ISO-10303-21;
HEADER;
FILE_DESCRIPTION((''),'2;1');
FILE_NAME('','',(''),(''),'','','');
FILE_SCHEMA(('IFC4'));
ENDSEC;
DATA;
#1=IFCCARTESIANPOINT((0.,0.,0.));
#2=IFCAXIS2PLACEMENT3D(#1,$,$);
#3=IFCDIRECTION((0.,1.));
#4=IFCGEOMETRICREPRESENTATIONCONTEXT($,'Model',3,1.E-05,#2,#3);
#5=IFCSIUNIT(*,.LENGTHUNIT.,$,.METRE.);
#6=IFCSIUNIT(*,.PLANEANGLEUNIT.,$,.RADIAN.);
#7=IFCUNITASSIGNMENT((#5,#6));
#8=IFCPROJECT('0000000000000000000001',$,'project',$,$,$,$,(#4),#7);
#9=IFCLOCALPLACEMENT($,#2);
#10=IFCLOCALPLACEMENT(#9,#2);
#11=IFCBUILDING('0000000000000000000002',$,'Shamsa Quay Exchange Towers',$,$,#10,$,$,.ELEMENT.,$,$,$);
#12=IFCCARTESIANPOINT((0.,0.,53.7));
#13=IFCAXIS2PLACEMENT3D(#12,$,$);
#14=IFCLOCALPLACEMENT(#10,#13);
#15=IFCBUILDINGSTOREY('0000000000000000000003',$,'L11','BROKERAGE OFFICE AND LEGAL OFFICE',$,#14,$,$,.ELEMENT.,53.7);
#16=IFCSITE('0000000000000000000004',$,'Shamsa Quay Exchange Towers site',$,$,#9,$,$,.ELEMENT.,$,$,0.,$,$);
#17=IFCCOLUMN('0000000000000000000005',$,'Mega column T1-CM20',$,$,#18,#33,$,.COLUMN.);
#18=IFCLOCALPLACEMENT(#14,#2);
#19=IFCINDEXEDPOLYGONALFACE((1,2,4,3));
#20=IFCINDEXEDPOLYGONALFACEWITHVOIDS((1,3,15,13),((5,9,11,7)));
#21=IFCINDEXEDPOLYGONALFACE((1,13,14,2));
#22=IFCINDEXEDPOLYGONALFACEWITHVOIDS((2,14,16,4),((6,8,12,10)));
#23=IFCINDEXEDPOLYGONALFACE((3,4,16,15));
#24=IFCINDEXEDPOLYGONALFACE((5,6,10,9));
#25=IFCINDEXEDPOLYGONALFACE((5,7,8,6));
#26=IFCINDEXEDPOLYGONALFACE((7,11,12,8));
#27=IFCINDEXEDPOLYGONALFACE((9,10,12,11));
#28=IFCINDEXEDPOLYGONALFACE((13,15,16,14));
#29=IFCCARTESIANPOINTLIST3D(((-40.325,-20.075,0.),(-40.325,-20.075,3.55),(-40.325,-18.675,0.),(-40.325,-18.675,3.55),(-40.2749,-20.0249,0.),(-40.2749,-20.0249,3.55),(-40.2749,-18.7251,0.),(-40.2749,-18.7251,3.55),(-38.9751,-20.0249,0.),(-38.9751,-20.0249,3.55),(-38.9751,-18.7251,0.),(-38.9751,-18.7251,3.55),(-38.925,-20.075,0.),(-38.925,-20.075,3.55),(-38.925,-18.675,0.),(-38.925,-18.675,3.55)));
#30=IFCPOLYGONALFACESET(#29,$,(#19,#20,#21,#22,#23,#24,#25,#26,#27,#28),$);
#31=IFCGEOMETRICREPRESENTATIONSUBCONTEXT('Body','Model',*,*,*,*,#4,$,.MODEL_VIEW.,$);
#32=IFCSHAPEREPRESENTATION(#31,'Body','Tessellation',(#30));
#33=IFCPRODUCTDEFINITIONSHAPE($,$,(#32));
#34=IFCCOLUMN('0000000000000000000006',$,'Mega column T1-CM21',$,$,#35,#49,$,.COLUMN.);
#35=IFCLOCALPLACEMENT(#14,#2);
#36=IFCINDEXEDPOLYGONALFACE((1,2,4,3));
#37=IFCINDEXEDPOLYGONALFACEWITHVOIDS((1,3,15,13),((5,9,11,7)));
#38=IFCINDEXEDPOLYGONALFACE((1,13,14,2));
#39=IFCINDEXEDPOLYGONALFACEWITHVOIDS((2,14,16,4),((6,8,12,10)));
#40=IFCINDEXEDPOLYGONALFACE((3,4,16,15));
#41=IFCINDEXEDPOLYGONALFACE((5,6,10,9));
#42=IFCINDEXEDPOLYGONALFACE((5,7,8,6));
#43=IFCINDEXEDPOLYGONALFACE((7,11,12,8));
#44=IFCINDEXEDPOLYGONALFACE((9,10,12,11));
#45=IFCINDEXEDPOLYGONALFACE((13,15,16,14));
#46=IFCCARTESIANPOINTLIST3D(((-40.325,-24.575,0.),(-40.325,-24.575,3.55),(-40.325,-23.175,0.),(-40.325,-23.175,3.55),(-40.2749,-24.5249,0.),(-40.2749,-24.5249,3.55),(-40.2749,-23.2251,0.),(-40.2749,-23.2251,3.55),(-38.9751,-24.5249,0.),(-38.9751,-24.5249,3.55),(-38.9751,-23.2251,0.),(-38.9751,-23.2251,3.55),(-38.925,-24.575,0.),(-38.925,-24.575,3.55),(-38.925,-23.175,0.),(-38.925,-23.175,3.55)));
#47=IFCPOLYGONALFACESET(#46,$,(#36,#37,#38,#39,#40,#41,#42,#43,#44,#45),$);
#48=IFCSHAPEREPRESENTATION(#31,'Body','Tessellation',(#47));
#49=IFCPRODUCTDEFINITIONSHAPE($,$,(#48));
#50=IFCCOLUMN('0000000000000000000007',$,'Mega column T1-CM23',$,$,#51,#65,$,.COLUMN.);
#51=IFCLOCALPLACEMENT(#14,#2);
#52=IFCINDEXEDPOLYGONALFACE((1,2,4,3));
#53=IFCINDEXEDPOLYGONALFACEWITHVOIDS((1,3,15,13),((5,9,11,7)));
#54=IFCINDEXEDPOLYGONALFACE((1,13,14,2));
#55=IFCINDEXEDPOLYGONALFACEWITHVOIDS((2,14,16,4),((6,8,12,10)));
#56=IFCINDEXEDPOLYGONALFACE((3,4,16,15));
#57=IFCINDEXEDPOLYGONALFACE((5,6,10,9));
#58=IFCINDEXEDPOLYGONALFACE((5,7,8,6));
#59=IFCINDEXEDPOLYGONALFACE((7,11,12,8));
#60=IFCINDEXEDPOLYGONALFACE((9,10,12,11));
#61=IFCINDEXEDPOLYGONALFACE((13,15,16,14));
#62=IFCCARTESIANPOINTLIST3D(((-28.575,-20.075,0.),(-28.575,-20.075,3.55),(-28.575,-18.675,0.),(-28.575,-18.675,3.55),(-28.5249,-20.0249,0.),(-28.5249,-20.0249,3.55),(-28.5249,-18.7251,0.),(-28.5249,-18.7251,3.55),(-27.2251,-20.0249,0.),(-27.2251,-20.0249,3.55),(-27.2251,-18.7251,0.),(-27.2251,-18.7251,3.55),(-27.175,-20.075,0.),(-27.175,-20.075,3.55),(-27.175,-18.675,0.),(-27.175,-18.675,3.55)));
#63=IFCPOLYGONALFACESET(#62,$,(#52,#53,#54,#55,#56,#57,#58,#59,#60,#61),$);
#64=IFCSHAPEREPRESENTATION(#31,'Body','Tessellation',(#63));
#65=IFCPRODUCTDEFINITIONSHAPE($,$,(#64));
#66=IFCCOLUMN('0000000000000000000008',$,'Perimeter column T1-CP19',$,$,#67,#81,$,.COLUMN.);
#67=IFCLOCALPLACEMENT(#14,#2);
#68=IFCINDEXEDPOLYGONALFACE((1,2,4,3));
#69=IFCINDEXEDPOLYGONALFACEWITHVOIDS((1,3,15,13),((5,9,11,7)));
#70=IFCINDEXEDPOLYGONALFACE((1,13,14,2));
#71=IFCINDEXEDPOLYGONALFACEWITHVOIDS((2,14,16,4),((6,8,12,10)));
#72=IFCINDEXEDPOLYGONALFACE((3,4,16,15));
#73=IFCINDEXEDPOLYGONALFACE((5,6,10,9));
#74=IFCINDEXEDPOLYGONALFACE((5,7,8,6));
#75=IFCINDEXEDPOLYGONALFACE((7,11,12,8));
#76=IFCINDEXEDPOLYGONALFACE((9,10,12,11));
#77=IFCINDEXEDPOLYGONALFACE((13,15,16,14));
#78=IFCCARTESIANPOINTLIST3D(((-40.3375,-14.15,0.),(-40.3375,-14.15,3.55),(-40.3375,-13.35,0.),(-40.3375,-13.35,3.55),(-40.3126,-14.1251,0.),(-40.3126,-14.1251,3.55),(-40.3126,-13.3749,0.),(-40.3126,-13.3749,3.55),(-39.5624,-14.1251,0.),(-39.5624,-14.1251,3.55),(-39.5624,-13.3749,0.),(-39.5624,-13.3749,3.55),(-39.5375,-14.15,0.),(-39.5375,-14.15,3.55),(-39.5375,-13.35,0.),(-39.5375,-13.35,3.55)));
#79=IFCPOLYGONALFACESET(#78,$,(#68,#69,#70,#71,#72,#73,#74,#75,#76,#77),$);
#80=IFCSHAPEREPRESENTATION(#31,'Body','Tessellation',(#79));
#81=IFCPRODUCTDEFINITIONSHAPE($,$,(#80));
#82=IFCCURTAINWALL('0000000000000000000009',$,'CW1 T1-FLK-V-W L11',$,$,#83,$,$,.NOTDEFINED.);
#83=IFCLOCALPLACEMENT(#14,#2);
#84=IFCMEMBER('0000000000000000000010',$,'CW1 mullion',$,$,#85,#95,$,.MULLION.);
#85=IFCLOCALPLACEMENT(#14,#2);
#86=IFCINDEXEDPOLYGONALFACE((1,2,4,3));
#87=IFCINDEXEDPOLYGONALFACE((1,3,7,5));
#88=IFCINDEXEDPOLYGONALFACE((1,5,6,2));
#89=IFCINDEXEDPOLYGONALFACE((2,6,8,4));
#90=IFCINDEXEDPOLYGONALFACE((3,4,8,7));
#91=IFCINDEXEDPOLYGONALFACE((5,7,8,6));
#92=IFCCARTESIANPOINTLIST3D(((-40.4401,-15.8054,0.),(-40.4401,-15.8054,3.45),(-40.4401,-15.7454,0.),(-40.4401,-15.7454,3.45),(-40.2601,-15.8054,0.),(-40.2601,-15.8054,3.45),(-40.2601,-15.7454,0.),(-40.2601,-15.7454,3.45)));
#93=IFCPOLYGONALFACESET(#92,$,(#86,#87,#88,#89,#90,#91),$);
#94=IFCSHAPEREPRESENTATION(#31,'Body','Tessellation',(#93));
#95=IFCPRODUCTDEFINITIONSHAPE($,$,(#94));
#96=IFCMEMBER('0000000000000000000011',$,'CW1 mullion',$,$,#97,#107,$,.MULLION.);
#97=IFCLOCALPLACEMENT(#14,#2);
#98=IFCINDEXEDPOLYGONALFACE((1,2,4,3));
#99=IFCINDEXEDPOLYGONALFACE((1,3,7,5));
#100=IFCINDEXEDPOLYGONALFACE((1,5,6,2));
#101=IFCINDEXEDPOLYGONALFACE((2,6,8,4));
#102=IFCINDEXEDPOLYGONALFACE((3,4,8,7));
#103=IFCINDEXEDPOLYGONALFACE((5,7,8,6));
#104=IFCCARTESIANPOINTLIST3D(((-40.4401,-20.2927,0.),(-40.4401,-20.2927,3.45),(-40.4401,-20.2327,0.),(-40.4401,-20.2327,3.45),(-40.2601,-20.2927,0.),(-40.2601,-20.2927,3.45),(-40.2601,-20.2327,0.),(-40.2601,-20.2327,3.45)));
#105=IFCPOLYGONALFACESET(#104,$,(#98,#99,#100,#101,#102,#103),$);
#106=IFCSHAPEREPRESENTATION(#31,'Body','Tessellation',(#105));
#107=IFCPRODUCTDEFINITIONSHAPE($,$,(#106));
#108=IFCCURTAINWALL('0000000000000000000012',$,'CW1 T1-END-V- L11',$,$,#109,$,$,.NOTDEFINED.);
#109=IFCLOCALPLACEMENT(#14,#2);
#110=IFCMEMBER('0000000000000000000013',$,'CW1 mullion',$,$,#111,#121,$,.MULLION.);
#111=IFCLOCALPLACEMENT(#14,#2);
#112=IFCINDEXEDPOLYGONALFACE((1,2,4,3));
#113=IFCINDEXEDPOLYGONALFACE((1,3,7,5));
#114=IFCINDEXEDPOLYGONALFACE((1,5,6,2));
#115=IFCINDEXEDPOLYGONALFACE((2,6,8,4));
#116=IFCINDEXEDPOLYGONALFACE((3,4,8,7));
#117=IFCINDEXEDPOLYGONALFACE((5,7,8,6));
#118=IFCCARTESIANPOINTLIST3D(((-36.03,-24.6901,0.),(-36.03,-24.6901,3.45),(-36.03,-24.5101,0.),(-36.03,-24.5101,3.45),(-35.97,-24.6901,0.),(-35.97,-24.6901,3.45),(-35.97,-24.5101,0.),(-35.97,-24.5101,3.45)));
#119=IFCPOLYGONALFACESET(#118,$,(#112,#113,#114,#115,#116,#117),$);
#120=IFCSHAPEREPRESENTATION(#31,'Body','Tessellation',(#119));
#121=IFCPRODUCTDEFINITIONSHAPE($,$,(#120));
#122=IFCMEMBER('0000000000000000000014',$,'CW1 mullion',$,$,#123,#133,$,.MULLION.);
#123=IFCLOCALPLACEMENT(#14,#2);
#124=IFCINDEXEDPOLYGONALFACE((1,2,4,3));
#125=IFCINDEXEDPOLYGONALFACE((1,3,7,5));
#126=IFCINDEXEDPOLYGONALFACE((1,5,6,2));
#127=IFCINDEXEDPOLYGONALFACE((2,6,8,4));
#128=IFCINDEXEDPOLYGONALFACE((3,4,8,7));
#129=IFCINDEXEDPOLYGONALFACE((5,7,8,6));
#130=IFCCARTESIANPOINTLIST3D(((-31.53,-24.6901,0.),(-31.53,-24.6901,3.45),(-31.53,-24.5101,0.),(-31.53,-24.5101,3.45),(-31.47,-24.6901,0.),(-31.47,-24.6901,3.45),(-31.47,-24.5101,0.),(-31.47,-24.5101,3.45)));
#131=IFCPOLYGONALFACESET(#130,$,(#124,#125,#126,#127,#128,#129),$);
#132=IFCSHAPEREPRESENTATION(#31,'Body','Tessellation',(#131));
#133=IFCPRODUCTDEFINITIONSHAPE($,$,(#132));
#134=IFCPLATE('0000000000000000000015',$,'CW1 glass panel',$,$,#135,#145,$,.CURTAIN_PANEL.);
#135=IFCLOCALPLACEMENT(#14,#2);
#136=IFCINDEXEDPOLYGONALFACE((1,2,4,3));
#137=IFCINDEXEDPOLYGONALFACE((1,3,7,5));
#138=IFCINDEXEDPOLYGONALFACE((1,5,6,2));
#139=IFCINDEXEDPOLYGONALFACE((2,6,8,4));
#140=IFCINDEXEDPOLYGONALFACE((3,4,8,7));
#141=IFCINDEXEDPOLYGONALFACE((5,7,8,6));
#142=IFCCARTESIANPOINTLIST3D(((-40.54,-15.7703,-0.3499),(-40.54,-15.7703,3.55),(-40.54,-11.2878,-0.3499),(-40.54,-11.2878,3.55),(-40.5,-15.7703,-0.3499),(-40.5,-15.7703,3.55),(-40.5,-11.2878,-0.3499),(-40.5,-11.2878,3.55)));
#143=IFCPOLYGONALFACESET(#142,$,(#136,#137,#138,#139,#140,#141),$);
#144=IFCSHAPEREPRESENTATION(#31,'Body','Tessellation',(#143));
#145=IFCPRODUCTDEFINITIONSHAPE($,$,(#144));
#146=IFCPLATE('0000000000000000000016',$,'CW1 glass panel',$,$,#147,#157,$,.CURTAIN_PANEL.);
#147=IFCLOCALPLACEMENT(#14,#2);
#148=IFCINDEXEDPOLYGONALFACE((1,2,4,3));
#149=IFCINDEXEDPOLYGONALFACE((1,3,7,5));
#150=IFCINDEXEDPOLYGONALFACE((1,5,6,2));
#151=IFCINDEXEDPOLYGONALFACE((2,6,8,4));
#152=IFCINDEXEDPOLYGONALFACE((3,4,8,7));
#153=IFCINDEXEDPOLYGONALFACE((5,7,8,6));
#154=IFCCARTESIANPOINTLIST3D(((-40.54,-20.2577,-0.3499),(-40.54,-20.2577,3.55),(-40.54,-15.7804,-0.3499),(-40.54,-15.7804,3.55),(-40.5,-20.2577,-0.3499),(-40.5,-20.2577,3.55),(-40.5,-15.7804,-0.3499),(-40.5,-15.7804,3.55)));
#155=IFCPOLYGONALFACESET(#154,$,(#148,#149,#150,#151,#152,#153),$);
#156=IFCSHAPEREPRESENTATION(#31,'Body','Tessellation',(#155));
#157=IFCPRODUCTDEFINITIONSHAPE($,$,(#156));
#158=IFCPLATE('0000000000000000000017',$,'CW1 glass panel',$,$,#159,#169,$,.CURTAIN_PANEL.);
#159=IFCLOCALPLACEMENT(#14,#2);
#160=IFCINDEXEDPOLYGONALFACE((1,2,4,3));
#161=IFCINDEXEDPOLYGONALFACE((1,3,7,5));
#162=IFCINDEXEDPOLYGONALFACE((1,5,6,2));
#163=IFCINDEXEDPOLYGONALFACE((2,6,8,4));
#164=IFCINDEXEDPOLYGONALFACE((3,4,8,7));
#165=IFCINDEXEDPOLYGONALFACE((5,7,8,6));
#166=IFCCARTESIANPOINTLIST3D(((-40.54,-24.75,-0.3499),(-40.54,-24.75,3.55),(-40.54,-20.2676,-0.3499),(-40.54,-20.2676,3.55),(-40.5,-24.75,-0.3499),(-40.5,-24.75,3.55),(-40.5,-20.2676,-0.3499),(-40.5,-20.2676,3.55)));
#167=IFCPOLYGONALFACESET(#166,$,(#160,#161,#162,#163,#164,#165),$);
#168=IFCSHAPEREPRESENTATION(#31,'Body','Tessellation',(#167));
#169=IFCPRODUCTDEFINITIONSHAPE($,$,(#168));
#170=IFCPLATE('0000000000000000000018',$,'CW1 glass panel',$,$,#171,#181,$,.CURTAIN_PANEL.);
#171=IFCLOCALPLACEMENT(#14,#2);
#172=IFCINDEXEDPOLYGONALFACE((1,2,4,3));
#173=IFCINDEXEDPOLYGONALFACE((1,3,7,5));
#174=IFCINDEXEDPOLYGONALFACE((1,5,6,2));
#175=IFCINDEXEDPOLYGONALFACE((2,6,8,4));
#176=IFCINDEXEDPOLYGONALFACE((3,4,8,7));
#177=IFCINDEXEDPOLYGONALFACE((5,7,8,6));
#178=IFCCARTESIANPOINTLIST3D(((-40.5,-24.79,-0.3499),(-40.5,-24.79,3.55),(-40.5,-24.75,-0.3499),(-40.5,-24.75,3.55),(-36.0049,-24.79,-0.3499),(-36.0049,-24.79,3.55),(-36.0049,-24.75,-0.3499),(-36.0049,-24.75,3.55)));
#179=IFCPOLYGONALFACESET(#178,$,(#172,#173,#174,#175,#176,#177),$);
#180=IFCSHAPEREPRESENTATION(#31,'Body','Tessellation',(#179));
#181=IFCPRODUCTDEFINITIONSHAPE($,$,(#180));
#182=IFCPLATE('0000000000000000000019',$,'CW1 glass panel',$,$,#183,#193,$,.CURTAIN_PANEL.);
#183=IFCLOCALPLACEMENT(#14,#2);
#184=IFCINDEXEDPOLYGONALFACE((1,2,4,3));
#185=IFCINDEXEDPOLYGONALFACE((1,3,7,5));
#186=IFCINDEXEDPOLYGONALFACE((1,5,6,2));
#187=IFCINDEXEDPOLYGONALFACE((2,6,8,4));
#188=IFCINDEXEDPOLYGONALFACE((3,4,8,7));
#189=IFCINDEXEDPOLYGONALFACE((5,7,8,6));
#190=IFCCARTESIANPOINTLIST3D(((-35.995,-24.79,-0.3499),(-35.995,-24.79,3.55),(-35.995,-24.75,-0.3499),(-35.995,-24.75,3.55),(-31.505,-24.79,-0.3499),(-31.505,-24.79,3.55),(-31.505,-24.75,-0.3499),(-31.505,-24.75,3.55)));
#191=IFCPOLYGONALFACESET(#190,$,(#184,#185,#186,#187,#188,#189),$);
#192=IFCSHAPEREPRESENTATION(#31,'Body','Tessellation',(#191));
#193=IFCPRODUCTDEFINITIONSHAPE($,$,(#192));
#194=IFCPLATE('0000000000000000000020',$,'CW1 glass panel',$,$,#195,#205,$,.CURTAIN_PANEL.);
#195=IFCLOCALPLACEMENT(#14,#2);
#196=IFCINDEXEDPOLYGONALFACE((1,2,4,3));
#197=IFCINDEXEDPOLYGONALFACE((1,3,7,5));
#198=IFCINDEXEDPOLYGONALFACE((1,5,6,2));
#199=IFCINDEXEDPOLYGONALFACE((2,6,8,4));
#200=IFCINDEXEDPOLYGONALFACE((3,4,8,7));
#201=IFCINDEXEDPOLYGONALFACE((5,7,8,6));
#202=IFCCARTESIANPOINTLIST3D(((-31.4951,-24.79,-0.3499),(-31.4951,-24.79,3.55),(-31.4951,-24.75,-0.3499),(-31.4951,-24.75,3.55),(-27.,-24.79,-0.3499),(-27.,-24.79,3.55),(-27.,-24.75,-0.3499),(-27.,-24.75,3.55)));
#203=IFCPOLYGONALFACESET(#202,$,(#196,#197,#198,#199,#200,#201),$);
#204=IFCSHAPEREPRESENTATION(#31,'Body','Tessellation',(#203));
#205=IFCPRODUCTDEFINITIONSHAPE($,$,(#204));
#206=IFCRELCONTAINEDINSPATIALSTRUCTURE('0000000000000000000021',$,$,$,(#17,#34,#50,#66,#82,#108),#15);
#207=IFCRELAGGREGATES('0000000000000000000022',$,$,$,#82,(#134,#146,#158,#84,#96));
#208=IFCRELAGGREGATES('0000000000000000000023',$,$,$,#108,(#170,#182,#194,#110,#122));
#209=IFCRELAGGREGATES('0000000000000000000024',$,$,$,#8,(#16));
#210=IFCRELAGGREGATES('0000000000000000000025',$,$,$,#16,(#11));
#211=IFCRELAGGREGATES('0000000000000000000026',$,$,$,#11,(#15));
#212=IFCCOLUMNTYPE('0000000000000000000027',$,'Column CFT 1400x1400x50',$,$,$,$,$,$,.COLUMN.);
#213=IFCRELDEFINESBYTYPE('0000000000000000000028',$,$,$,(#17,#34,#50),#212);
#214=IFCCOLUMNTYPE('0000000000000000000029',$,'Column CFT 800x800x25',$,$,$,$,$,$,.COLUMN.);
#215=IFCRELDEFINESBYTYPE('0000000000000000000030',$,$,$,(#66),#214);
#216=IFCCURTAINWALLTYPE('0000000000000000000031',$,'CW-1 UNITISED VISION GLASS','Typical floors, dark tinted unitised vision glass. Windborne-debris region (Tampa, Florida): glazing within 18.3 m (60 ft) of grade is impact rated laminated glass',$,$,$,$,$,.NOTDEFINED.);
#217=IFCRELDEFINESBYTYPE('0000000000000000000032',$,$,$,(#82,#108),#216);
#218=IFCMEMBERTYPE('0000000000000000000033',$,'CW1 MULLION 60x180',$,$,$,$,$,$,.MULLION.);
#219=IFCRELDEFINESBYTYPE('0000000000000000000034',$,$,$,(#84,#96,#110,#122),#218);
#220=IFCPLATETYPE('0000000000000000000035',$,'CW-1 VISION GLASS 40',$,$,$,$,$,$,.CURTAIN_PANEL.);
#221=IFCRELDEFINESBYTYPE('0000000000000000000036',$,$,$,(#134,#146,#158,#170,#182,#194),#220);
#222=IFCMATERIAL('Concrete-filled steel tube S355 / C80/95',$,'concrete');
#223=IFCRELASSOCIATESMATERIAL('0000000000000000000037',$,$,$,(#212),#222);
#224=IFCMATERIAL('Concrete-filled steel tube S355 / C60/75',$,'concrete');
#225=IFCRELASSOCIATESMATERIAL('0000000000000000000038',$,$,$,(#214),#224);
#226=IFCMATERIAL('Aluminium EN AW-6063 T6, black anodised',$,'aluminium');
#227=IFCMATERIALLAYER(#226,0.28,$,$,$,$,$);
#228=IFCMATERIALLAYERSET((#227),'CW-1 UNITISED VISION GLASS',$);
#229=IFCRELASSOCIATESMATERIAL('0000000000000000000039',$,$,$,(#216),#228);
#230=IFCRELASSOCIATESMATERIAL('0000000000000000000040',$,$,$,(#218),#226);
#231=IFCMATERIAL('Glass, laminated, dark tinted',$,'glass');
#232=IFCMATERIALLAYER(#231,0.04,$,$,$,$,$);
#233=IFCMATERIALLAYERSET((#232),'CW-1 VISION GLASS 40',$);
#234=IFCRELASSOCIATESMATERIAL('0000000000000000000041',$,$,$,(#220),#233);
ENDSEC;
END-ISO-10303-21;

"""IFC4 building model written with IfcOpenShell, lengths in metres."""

from ifc_helpers import new_model, si_unit, direction, frame, origin, origin_2d, place, context, subcontext, project, spatial, rectangle, hollow_rectangle, extrude, material, layer, layer_set, material_profile, profile_set, type_object, element, aggregate, save


model = new_model("IFC4")

# Units and contexts
model_context = context("Model", 3, precision=1e-05, world=origin(), true_north=direction((0.0, 1.0)))
body_context = subcontext(model_context, "Body", "Model", "MODEL_VIEW")
ifc_project = project(units=[si_unit("LENGTHUNIT", "METRE"), si_unit("PLANEANGLEUNIT", "RADIAN")], contexts=[model_context])

# Site, building, storey
site_placement = place(None, origin())
site = spatial("IfcSite", under=ifc_project, at=site_placement, Name="Shamsa Quay Exchange Towers site", CompositionType="ELEMENT", RefElevation=0.0)
building_placement = place(site_placement, origin())
building = spatial("IfcBuilding", under=site, at=building_placement, Name="Shamsa Quay Exchange Towers", CompositionType="ELEMENT")
storey_placement = place(building_placement, frame((0.0, 0.0, 53.7)))
storey = spatial("IfcBuildingStorey", under=building, at=storey_placement, Name="L11", Description="BROKERAGE OFFICE AND LEGAL OFFICE", CompositionType="ELEMENT", Elevation=53.7)

# Columns
ifc_material_1 = material(Name="Concrete-filled steel tube S355 / C80/95", Category="concrete")
ifc_material_profile_1 = material_profile(ifc_material_1, hollow_rectangle(XDim=1.3999, YDim=1.3999, WallThickness=0.05, at=origin_2d()), Name="CFT 1400x1400x50")
ifc_profile_set_1 = profile_set([ifc_material_profile_1], Name="Concrete-filled steel tube S355 / C80/95")
column_type_1 = type_object("IfcColumnType", Name="Column CFT 1400x1400x50", PredefinedType="COLUMN", material=ifc_profile_set_1)
for number, where, name in (
    (1, (-39.625, -19.375, 0.0), "Mega column T1-CM20"),
    (2, (-39.625, -23.875, 0.0), "Mega column T1-CM21"),
    (3, (-27.875, -19.375, 0.0), "Mega column T1-CM23"),
):
    element("IfcColumn", number, at=place(storey_placement, frame(where)), inside=storey, type_object=column_type_1, Name=name, PredefinedType="COLUMN", context=body_context, shape_type="SweptSolid", body=[
        extrude(hollow_rectangle(XDim=1.3999, YDim=1.3999, WallThickness=0.05, at=origin_2d()), origin(), (0.0, 0.0, 1.0), 3.55),
    ])
ifc_material_2 = material(Name="Concrete-filled steel tube S355 / C60/75", Category="concrete")
ifc_material_profile_2 = material_profile(ifc_material_2, hollow_rectangle(XDim=0.8, YDim=0.8, WallThickness=0.0249, at=origin_2d()), Name="CFT 800x800x25")
ifc_profile_set_2 = profile_set([ifc_material_profile_2], Name="Concrete-filled steel tube S355 / C60/75")
column_type_2 = type_object("IfcColumnType", Name="Column CFT 800x800x25", PredefinedType="COLUMN", material=ifc_profile_set_2)
column_placement = place(storey_placement, frame((-39.9375, -13.75, 0.0)))
element("IfcColumn", 4, at=column_placement, inside=storey, type_object=column_type_2, Name="Perimeter column T1-CP19", PredefinedType="COLUMN", context=body_context, shape_type="SweptSolid", body=[
    extrude(hollow_rectangle(XDim=0.8, YDim=0.8, WallThickness=0.0249, at=origin_2d()), origin(), (0.0, 0.0, 1.0), 3.55),
])

# Curtain walls, members
ifc_material_3 = material(Name="Aluminium EN AW-6063 T6, black anodised", Category="aluminium")
ifc_layer_1 = layer(ifc_material_3, 0.28)
ifc_layer_set_1 = layer_set([ifc_layer_1], Name="CW-1 UNITISED VISION GLASS")
curtain_wall_type_1 = type_object("IfcCurtainWallType", Name="CW-1 UNITISED VISION GLASS", Description="Typical floors, dark tinted unitised vision glass. Windborne-debris region (Tampa, Florida): glazing within 18.3 m (60 ft) of grade is impact rated laminated glass", PredefinedType="NOTDEFINED", material=ifc_layer_set_1)
curtain_wall_1_placement = place(storey_placement, origin())
curtain_wall_1 = element("IfcCurtainWall", 5, at=curtain_wall_1_placement, inside=storey, type_object=curtain_wall_type_1, Name="CW1 T1-FLK-V-W L11", PredefinedType="NOTDEFINED")
ifc_material_profile_3 = material_profile(ifc_material_3, rectangle(XDim=0.1799, YDim=0.0601, at=origin_2d()), Name="MU60x180")
ifc_profile_set_3 = profile_set([ifc_material_profile_3], Name="Aluminium EN AW-6063 T6, black anodised")
member_type = type_object("IfcMemberType", Name="CW1 MULLION 60x180", PredefinedType="MULLION", material=ifc_profile_set_3)
member_1_placement = place(storey_placement, frame((-40.3501, -15.7754, 0.0)))
member_1 = element("IfcMember", 6, at=member_1_placement, type_object=member_type, Name="CW1 mullion", PredefinedType="MULLION", context=body_context, shape_type="SweptSolid", body=[
    extrude(rectangle(XDim=0.1799, YDim=0.0601, at=origin_2d()), origin(), (0.0, 0.0, 1.0), 3.45),
])
member_2_placement = place(storey_placement, frame((-40.3501, -20.2627, 0.0)))
member_2 = element("IfcMember", 7, at=member_2_placement, type_object=member_type, Name="CW1 mullion", PredefinedType="MULLION", context=body_context, shape_type="SweptSolid", body=[
    extrude(rectangle(XDim=0.1799, YDim=0.0601, at=origin_2d()), origin(), (0.0, 0.0, 1.0), 3.45),
])
curtain_wall_2_placement = place(storey_placement, origin())
curtain_wall_2 = element("IfcCurtainWall", 8, at=curtain_wall_2_placement, inside=storey, type_object=curtain_wall_type_1, Name="CW1 T1-END-V- L11", PredefinedType="NOTDEFINED")
member_3_placement = place(storey_placement, frame((-36.0, -24.6001, 0.0), z_axis=(0.0, 0.0, 1.0), x_axis=(0.0, 1.0, 0.0)))
member_3 = element("IfcMember", 9, at=member_3_placement, type_object=member_type, Name="CW1 mullion", PredefinedType="MULLION", context=body_context, shape_type="SweptSolid", body=[
    extrude(rectangle(XDim=0.1799, YDim=0.0601, at=origin_2d()), origin(), (0.0, 0.0, 1.0), 3.45),
])
member_4_placement = place(storey_placement, frame((-31.5, -24.6001, 0.0), z_axis=(0.0, 0.0, 1.0), x_axis=(0.0, 1.0, 0.0)))
member_4 = element("IfcMember", 10, at=member_4_placement, type_object=member_type, Name="CW1 mullion", PredefinedType="MULLION", context=body_context, shape_type="SweptSolid", body=[
    extrude(rectangle(XDim=0.1799, YDim=0.0601, at=origin_2d()), origin(), (0.0, 0.0, 1.0), 3.45),
])

# Plates
ifc_material_4 = material(Name="Glass, laminated, dark tinted", Category="glass")
ifc_layer_2 = layer(ifc_material_4, 0.04)
ifc_layer_set_2 = layer_set([ifc_layer_2], Name="CW-1 VISION GLASS 40")
plate_type_1 = type_object("IfcPlateType", Name="CW-1 VISION GLASS 40", PredefinedType="CURTAIN_PANEL", material=ifc_layer_set_2)
plate_1_placement = place(storey_placement, frame((-40.52, -13.5291, -0.3499), z_axis=(0.0, 0.0, 1.0), x_axis=(0.0, -1.0, 0.0)))
plate_1 = element("IfcPlate", 11, at=plate_1_placement, type_object=plate_type_1, Name="CW1 glass panel", PredefinedType="CURTAIN_PANEL", context=body_context, shape_type="SweptSolid", body=[
    extrude(rectangle(XDim=4.4824, YDim=0.04, at=origin_2d()), origin(), (0.0, 0.0, 1.0), 3.8999),
])
plate_2_placement = place(storey_placement, frame((-40.52, -18.019, -0.3499), z_axis=(0.0, 0.0, 1.0), x_axis=(0.0, -1.0, 0.0)))
plate_2 = element("IfcPlate", 12, at=plate_2_placement, type_object=plate_type_1, Name="CW1 glass panel", PredefinedType="CURTAIN_PANEL", context=body_context, shape_type="SweptSolid", body=[
    extrude(rectangle(XDim=4.4773, YDim=0.04, at=origin_2d()), origin(), (0.0, 0.0, 1.0), 3.8999),
])
plate_3_placement = place(storey_placement, frame((-40.52, -22.5088, -0.3499), z_axis=(0.0, 0.0, 1.0), x_axis=(0.0, -1.0, 0.0)))
plate_3 = element("IfcPlate", 13, at=plate_3_placement, type_object=plate_type_1, Name="CW1 glass panel", PredefinedType="CURTAIN_PANEL", context=body_context, shape_type="SweptSolid", body=[
    extrude(rectangle(XDim=4.4824, YDim=0.04, at=origin_2d()), origin(), (0.0, 0.0, 1.0), 3.8999),
])
aggregate(curtain_wall_1, [plate_1, plate_2, plate_3, member_1, member_2])
plate_4_placement = place(storey_placement, frame((-38.2524, -24.77, -0.3499)))
plate_4 = element("IfcPlate", 14, at=plate_4_placement, type_object=plate_type_1, Name="CW1 glass panel", PredefinedType="CURTAIN_PANEL", context=body_context, shape_type="SweptSolid", body=[
    extrude(rectangle(XDim=4.4951, YDim=0.04, at=origin_2d()), origin(), (0.0, 0.0, 1.0), 3.8999),
])
plate_5_placement = place(storey_placement, frame((-33.75, -24.77, -0.3499)))
plate_5 = element("IfcPlate", 15, at=plate_5_placement, type_object=plate_type_1, Name="CW1 glass panel", PredefinedType="CURTAIN_PANEL", context=body_context, shape_type="SweptSolid", body=[
    extrude(rectangle(XDim=4.49, YDim=0.04, at=origin_2d()), origin(), (0.0, 0.0, 1.0), 3.8999),
])
plate_6_placement = place(storey_placement, frame((-29.2476, -24.77, -0.3499)))
plate_6 = element("IfcPlate", 16, at=plate_6_placement, type_object=plate_type_1, Name="CW1 glass panel", PredefinedType="CURTAIN_PANEL", context=body_context, shape_type="SweptSolid", body=[
    extrude(rectangle(XDim=4.4951, YDim=0.04, at=origin_2d()), origin(), (0.0, 0.0, 1.0), 3.8999),
])
aggregate(curtain_wall_2, [plate_4, plate_5, plate_6, member_3, member_4])

save(model, "model.ifc")
